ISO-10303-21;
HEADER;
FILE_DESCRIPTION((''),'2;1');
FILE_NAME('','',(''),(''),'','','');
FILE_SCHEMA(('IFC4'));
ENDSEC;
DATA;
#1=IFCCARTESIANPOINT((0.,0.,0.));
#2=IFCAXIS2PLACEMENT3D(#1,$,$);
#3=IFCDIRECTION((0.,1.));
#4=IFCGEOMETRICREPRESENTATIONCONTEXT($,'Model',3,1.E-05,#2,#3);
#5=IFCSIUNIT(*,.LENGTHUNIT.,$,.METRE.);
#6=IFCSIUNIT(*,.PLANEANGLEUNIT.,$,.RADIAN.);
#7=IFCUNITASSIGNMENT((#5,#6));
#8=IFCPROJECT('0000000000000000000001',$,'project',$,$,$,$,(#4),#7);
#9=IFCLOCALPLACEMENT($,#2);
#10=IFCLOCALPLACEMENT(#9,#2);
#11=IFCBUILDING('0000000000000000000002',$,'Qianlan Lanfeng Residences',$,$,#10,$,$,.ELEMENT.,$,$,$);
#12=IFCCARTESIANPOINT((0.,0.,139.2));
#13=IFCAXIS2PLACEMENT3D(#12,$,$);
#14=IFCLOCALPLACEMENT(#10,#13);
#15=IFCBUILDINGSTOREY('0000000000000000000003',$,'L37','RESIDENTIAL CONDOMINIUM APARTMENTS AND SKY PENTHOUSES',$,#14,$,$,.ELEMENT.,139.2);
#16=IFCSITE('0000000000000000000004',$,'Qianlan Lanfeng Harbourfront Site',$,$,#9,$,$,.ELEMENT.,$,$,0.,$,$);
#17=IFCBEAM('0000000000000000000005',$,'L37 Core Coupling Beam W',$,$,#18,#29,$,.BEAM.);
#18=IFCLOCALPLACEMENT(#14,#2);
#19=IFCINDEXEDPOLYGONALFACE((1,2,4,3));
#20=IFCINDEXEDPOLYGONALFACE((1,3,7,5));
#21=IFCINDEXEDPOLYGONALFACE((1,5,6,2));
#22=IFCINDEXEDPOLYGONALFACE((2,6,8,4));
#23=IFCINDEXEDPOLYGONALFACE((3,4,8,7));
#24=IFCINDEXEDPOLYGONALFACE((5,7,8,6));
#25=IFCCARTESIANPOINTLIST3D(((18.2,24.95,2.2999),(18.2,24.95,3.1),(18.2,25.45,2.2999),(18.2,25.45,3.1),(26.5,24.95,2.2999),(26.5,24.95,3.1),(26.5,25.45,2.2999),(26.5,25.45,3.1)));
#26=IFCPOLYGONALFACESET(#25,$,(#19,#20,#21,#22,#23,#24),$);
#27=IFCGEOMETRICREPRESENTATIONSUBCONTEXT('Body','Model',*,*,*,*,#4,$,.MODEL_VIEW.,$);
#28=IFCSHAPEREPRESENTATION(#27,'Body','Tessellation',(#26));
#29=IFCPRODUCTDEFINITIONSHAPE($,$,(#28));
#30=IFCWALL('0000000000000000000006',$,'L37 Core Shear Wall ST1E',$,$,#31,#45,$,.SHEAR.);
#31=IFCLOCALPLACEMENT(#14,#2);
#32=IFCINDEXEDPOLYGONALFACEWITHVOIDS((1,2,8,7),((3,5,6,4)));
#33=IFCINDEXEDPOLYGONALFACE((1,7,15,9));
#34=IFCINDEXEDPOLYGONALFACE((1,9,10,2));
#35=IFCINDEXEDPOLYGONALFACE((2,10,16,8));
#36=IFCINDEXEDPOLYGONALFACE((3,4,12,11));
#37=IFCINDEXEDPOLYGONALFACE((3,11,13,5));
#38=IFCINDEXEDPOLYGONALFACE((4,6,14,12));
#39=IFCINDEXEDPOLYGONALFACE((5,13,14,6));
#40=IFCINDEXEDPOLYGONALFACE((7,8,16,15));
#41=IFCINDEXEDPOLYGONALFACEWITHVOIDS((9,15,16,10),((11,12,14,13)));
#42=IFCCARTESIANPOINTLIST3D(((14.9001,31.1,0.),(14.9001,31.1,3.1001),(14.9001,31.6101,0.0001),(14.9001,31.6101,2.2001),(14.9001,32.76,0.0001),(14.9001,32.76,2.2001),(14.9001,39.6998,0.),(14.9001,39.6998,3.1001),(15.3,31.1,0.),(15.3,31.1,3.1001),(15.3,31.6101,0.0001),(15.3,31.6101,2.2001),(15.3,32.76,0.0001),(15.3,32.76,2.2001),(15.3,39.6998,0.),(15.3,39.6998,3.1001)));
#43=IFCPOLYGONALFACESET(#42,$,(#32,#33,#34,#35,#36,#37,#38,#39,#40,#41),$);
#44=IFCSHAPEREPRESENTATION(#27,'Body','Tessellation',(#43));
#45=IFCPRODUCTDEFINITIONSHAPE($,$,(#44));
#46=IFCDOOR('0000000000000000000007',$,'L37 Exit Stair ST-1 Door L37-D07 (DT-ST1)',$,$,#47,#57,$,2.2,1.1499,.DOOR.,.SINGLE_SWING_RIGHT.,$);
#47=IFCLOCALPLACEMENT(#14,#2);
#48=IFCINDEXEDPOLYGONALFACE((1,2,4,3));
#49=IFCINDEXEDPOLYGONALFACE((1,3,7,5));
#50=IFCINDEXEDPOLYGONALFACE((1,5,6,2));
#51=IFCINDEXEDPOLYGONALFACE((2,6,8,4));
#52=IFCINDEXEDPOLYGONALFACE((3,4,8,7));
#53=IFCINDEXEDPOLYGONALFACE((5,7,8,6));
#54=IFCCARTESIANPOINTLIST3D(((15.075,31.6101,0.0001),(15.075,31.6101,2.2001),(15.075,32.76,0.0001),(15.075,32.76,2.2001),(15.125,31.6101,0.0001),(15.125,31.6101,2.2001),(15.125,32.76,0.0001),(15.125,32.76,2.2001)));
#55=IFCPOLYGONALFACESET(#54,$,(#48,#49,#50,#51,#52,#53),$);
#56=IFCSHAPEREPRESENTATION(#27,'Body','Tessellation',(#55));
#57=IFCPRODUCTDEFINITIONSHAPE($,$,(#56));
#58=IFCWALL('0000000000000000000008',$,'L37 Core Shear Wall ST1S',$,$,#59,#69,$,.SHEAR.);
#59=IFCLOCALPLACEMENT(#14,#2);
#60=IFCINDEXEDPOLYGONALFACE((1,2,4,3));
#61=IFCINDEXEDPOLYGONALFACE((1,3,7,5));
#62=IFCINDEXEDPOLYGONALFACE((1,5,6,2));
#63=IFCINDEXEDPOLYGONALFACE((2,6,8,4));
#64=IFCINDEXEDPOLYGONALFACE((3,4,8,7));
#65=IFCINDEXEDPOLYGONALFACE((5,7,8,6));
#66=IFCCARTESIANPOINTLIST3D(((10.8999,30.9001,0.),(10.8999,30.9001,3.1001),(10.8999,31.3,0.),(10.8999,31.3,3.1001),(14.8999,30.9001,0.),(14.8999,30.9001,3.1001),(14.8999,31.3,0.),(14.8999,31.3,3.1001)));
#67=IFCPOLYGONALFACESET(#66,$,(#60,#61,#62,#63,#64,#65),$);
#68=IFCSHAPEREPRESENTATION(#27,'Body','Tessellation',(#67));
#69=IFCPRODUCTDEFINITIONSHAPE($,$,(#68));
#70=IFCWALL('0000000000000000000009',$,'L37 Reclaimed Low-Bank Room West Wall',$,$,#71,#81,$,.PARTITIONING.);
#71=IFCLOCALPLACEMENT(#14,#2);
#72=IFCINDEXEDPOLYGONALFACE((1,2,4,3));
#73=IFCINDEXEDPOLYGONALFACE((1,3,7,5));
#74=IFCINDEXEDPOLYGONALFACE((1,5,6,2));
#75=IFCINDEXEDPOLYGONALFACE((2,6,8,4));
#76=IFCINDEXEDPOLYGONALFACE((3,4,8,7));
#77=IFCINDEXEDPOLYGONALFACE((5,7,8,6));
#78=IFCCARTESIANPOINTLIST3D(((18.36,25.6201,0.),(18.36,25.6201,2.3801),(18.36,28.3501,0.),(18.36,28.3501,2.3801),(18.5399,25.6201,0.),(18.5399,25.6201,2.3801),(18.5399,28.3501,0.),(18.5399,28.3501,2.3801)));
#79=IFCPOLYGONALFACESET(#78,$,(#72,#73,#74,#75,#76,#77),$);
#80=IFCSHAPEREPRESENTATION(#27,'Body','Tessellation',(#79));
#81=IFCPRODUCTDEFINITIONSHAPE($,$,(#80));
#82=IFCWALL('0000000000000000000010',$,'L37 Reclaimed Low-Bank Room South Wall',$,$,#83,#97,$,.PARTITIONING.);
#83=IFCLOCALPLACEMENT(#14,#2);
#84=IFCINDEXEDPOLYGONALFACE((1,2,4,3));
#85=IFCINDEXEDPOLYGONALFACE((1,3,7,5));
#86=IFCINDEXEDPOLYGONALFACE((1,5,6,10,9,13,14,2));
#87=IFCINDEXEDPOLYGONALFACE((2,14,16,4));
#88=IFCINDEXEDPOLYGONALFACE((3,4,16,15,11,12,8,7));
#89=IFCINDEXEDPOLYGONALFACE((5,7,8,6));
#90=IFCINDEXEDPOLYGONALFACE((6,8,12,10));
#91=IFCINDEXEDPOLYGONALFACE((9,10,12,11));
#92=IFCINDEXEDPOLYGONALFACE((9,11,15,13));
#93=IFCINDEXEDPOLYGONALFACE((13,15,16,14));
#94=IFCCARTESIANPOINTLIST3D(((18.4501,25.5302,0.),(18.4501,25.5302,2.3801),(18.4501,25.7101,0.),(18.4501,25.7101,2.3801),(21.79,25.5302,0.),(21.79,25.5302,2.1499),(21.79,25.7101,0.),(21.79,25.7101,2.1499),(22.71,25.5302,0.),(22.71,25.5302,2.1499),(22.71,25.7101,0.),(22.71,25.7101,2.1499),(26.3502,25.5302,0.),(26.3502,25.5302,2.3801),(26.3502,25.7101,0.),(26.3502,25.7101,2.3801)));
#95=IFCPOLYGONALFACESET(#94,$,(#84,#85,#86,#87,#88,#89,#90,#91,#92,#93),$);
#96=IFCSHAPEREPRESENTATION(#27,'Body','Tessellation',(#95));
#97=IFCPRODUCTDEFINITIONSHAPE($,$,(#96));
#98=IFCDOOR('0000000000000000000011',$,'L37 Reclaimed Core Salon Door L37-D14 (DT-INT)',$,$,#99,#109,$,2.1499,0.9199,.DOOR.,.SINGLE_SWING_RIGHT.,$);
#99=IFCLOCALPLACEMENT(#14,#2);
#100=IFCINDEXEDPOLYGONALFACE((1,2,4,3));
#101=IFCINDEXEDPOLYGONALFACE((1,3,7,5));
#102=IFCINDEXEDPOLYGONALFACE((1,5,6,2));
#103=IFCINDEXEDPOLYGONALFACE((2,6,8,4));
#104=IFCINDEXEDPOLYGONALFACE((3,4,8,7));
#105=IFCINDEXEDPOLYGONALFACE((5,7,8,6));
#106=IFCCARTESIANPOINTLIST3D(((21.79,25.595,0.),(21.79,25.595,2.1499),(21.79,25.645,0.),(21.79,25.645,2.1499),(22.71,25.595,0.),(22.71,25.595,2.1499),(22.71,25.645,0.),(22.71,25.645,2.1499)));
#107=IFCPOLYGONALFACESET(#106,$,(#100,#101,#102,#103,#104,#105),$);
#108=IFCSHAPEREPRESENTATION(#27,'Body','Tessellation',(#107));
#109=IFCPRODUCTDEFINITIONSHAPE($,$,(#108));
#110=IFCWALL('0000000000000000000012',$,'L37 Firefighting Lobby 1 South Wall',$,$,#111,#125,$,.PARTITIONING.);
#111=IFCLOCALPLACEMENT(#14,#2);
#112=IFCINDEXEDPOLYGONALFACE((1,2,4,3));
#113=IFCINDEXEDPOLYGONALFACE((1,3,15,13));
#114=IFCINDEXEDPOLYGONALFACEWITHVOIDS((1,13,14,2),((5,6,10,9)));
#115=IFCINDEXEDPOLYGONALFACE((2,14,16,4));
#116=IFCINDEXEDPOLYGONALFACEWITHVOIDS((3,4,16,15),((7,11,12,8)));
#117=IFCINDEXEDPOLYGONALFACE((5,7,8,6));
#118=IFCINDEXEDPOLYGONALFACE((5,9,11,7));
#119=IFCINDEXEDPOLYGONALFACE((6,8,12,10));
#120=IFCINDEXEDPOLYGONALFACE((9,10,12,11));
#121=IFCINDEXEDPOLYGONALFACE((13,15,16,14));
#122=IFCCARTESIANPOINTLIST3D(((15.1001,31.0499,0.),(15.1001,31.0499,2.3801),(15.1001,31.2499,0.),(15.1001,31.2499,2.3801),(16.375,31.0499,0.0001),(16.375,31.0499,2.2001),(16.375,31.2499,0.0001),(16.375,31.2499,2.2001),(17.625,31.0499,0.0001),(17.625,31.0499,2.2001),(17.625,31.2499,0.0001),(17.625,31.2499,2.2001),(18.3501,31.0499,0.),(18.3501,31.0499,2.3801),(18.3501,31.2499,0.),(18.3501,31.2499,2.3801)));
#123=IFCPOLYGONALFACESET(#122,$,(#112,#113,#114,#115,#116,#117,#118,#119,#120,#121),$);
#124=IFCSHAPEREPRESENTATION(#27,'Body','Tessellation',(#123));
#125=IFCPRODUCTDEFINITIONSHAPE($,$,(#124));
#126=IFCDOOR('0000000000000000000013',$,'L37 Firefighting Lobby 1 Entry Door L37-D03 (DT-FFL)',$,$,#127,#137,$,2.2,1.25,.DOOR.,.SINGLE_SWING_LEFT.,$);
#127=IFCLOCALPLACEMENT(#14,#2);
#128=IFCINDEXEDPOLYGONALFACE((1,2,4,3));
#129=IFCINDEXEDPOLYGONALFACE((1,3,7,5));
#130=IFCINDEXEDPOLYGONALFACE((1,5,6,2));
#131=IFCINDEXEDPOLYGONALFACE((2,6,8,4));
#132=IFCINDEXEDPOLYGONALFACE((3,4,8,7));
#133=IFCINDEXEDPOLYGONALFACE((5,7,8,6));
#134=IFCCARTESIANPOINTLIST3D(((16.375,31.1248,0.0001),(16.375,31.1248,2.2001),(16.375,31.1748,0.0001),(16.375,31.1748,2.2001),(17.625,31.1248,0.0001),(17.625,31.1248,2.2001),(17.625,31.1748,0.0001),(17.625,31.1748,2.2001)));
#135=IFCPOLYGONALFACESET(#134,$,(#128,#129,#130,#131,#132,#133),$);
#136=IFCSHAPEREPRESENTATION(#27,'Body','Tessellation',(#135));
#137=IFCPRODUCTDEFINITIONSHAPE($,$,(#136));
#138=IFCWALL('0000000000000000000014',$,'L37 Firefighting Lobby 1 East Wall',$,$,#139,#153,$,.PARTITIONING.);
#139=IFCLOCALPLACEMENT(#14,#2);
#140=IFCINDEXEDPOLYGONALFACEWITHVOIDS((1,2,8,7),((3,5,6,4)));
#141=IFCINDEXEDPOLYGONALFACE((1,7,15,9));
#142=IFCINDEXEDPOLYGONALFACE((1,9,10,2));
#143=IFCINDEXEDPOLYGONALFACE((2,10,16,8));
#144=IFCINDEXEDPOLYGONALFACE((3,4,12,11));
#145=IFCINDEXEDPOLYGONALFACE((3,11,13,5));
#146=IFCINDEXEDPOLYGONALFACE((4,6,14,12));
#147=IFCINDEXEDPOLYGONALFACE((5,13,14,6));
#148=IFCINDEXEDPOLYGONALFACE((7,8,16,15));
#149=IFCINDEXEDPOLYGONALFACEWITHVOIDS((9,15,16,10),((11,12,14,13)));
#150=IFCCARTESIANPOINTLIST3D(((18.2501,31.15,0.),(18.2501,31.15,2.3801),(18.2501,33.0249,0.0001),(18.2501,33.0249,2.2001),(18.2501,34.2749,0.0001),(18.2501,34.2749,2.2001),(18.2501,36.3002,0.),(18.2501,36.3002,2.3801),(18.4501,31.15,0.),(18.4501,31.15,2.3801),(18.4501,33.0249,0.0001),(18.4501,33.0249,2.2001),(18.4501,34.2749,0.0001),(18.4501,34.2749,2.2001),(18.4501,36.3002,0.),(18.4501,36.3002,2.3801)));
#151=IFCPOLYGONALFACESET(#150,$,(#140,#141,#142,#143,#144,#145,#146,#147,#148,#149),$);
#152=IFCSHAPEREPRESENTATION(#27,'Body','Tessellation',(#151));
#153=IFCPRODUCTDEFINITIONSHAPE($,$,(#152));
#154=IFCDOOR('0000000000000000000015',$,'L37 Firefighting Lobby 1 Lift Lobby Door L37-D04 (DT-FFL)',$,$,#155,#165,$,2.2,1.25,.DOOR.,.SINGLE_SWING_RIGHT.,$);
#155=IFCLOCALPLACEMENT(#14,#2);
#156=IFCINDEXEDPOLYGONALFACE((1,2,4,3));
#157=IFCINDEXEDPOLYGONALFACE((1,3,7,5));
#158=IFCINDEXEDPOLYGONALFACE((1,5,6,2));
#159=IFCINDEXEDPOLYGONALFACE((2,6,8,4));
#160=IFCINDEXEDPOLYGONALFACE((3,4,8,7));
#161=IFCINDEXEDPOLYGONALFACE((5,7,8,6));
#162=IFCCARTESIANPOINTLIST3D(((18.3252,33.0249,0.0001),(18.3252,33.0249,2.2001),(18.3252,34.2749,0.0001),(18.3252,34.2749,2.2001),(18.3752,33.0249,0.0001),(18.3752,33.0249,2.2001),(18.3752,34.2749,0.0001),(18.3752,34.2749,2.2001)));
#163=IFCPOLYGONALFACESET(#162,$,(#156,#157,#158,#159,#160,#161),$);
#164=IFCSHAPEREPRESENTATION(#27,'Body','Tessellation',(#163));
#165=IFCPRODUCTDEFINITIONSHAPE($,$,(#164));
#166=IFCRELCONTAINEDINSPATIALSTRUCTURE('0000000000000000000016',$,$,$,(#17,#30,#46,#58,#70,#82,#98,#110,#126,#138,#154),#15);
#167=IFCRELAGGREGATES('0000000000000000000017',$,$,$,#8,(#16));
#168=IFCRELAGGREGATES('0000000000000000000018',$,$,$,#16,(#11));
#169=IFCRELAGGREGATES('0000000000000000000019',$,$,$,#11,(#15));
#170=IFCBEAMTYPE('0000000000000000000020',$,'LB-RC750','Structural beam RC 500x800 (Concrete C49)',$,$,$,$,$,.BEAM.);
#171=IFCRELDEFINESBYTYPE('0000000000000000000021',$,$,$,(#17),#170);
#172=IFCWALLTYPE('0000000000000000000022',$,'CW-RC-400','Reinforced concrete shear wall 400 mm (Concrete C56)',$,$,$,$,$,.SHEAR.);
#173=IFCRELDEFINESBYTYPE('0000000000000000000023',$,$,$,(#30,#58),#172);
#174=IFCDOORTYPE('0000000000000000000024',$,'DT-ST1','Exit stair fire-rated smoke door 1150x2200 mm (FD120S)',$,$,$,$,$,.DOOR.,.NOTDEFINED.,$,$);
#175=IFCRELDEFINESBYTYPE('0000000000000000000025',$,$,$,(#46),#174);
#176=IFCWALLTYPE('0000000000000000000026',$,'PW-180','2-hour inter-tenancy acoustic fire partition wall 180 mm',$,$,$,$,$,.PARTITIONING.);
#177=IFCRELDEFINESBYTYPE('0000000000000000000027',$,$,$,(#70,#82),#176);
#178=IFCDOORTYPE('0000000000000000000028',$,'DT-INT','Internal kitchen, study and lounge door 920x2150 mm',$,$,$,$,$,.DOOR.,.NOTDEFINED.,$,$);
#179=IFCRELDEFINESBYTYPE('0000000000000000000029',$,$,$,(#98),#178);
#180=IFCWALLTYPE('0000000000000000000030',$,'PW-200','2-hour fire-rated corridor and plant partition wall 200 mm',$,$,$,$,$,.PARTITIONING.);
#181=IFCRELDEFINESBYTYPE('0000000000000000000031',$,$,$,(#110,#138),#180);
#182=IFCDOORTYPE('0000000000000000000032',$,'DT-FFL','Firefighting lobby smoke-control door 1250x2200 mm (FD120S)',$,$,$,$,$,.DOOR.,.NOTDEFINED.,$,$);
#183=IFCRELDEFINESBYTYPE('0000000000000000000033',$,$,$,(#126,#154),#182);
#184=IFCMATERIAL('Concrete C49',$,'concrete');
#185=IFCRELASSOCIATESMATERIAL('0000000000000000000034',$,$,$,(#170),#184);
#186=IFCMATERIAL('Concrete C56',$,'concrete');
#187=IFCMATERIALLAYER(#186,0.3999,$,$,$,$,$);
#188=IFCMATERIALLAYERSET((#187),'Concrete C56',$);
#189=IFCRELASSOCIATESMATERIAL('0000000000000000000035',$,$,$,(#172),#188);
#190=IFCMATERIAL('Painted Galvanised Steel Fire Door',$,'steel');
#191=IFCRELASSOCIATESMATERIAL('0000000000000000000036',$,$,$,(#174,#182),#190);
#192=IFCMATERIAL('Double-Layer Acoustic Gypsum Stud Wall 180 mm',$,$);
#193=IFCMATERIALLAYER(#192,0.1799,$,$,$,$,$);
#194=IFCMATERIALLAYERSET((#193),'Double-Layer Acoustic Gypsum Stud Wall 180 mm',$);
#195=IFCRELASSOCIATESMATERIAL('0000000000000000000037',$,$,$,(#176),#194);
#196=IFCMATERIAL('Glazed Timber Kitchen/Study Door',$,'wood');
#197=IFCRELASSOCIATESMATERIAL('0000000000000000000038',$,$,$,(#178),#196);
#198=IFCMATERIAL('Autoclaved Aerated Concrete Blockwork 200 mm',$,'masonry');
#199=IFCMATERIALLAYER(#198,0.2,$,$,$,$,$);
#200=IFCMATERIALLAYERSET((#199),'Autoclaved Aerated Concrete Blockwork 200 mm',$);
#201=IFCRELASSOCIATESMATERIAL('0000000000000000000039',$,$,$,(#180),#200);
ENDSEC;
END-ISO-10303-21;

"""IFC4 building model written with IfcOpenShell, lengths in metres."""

from ifc_helpers import new_model, si_unit, direction, frame, frame_2d, origin, origin_2d, place, context, subcontext, project, spatial, rectangle, extrude, material, layer, layer_set, material_profile, profile_set, type_object, element, fill, save


model = new_model("IFC4")

# Units and contexts
model_context = context("Model", 3, precision=1e-05, world=origin(), true_north=direction((0.0, 1.0)))
body_context = subcontext(model_context, "Body", "Model", "MODEL_VIEW")
ifc_project = project(units=[si_unit("LENGTHUNIT", "METRE"), si_unit("PLANEANGLEUNIT", "RADIAN")], contexts=[model_context])

# Site, building, storey
site_placement = place(None, origin())
site = spatial("IfcSite", under=ifc_project, at=site_placement, Name="Qianlan Lanfeng Harbourfront Site", CompositionType="ELEMENT", RefElevation=0.0)
building_placement = place(site_placement, origin())
building = spatial("IfcBuilding", under=site, at=building_placement, Name="Qianlan Lanfeng Residences", CompositionType="ELEMENT")
storey_placement = place(building_placement, frame((0.0, 0.0, 139.2)))
storey = spatial("IfcBuildingStorey", under=building, at=storey_placement, Name="L37", Description="RESIDENTIAL CONDOMINIUM APARTMENTS AND SKY PENTHOUSES", CompositionType="ELEMENT", Elevation=139.2)

# Beam
ifc_material_1 = material(Name="Concrete C49", Category="concrete")
ifc_material_profile = material_profile(ifc_material_1, rectangle(XDim=0.5, YDim=0.8, at=origin_2d()), Name="RC 500x800")
ifc_profile_set = profile_set([ifc_material_profile], Name="Concrete C49")
beam_type = type_object("IfcBeamType", Name="LB-RC750", Description="Structural beam RC 500x800 (Concrete C49)", PredefinedType="BEAM", material=ifc_profile_set)
beam_placement = place(storey_placement, frame((18.2, 25.2, 2.7), z_axis=(1.0, 0.0, 0.0), x_axis=(0.0, 1.0, 0.0)))
element("IfcBeam", 1, at=beam_placement, inside=storey, type_object=beam_type, Name="L37 Core Coupling Beam W", PredefinedType="BEAM", context=body_context, shape_type="SweptSolid", body=[
    extrude(rectangle(XDim=0.5, YDim=0.8, at=origin_2d()), origin(), (0.0, 0.0, 1.0), 8.3),
])

# Wall, opening, door
ifc_material_2 = material(Name="Concrete C56", Category="concrete")
ifc_layer_1 = layer(ifc_material_2, 0.3999)
ifc_layer_set_1 = layer_set([ifc_layer_1], Name="Concrete C56")
wall_type_1 = type_object("IfcWallType", Name="CW-RC-400", Description="Reinforced concrete shear wall 400 mm (Concrete C56)", PredefinedType="SHEAR", material=ifc_layer_set_1)
wall_1_placement = place(storey_placement, frame((15.1001, 31.1001, 0.0), z_axis=(0.0, 0.0, 1.0), x_axis=(0.0, 1.0, 0.0)))
wall_1 = element("IfcWall", 2, at=wall_1_placement, inside=storey, type_object=wall_type_1, Name="L37 Core Shear Wall ST1E", PredefinedType="SHEAR", context=body_context, shape_type="SweptSolid", body=[
    extrude(rectangle(XDim=8.5999, YDim=0.3999, at=frame_2d((4.2998, 0.0))), origin(), (0.0, 0.0, 1.0), 3.1001),
])
opening_1_placement = place(wall_1_placement, frame((0.51, 0.0, 0.0)))
opening_1 = element("IfcOpeningElement", 3, at=opening_1_placement, cuts=wall_1, PredefinedType="OPENING", context=body_context, shape_type="SweptSolid", body=[
    extrude(rectangle(XDim=1.1499, YDim=2.2, at=frame_2d((0.575, 1.1001))), frame((0.0, 0.21, 0.0), z_axis=(0.0, -1.0, 0.0), x_axis=(1.0, 0.0, 0.0)), (0.0, 0.0, 1.0), 0.4199),
])
ifc_material_3 = material(Name="Painted Galvanised Steel Fire Door", Category="steel")
door_type_1 = type_object("IfcDoorType", Name="DT-ST1", Description="Exit stair fire-rated smoke door 1150x2200 mm (FD120S)", OperationType="NOTDEFINED", PredefinedType="DOOR", material=ifc_material_3)
door_1_placement = place(opening_1_placement, frame((1.1499, 0.0, 0.0), z_axis=(0.0, 0.0, 1.0), x_axis=(-1.0, 0.0, 0.0)))
door_1 = element("IfcDoor", 4, at=door_1_placement, inside=storey, type_object=door_type_1, Name="L37 Exit Stair ST-1 Door L37-D07 (DT-ST1)", OperationType="SINGLE_SWING_RIGHT", OverallHeight=2.2, OverallWidth=1.1499, PredefinedType="DOOR", context=body_context, shape_type="SweptSolid", body=[
    extrude(rectangle(XDim=1.1499, YDim=2.2, at=frame_2d((0.575, 1.1001))), frame((0.0, 0.0249, 0.0), z_axis=(0.0, -1.0, 0.0), x_axis=(1.0, 0.0, 0.0)), (0.0, 0.0, 1.0), 0.05),
])
fill(opening_1, door_1)

# Wall
wall_2_placement = place(storey_placement, frame((10.8999, 31.1001, 0.0), z_axis=(0.0, 0.0, 1.0), x_axis=(1.0, 0.0, 0.0)))
element("IfcWall", 5, at=wall_2_placement, inside=storey, type_object=wall_type_1, Name="L37 Core Shear Wall ST1S", PredefinedType="SHEAR", context=body_context, shape_type="SweptSolid", body=[
    extrude(rectangle(XDim=4.0, YDim=0.3999, at=frame_2d((2.0, 0.0))), origin(), (0.0, 0.0, 1.0), 3.1001),
])

# Shared definitions
ifc_material_4 = material(Name="Double-Layer Acoustic Gypsum Stud Wall 180 mm")
ifc_layer_2 = layer(ifc_material_4, 0.1799)
ifc_layer_set_2 = layer_set([ifc_layer_2], Name="Double-Layer Acoustic Gypsum Stud Wall 180 mm")
wall_type_2 = type_object("IfcWallType", Name="PW-180", Description="2-hour inter-tenancy acoustic fire partition wall 180 mm", PredefinedType="PARTITIONING", material=ifc_layer_set_2)
ifc_material_5 = material(Name="Glazed Timber Kitchen/Study Door", Category="wood")
door_type_2 = type_object("IfcDoorType", Name="DT-INT", Description="Internal kitchen, study and lounge door 920x2150 mm", OperationType="NOTDEFINED", PredefinedType="DOOR", material=ifc_material_5)

# Wall
wall_3_placement = place(storey_placement, frame((18.45, 25.6201, 0.0), z_axis=(0.0, 0.0, 1.0), x_axis=(0.0, 1.0, 0.0)))
element("IfcWall", 6, at=wall_3_placement, inside=storey, type_object=wall_type_2, Name="L37 Reclaimed Low-Bank Room West Wall", PredefinedType="PARTITIONING", context=body_context, shape_type="SweptSolid", body=[
    extrude(rectangle(XDim=2.73, YDim=0.1799, at=frame_2d((1.365, 0.0))), origin(), (0.0, 0.0, 1.0), 2.3801),
])

# Walls, openings, doors
wall_4_placement = place(storey_placement, frame((18.45, 25.6201, 0.0), z_axis=(0.0, 0.0, 1.0), x_axis=(1.0, 0.0, 0.0)))
wall_4 = element("IfcWall", 7, at=wall_4_placement, inside=storey, type_object=wall_type_2, Name="L37 Reclaimed Low-Bank Room South Wall", PredefinedType="PARTITIONING", context=body_context, shape_type="SweptSolid", body=[
    extrude(rectangle(XDim=7.9001, YDim=0.1799, at=frame_2d((3.9502, 0.0))), origin(), (0.0, 0.0, 1.0), 2.3801),
])
opening_2_placement = place(wall_4_placement, frame((3.3401, 0.0, 0.0)))
opening_2 = element("IfcOpeningElement", 8, at=opening_2_placement, cuts=wall_4, PredefinedType="OPENING", context=body_context, shape_type="SweptSolid", body=[
    extrude(rectangle(XDim=0.9199, YDim=2.1499, at=frame_2d((0.46, 1.075))), frame((0.0, 0.1001, 0.0), z_axis=(0.0, -1.0, 0.0), x_axis=(1.0, 0.0, 0.0)), (0.0, 0.0, 1.0), 0.2),
])
door_2_placement = place(opening_2_placement, origin())
door_2 = element("IfcDoor", 9, at=door_2_placement, inside=storey, type_object=door_type_2, Name="L37 Reclaimed Core Salon Door L37-D14 (DT-INT)", OperationType="SINGLE_SWING_RIGHT", OverallHeight=2.1499, OverallWidth=0.9199, PredefinedType="DOOR", context=body_context, shape_type="SweptSolid", body=[
    extrude(rectangle(XDim=0.9199, YDim=2.1499, at=frame_2d((0.46, 1.075))), frame((0.0, 0.0249, 0.0), z_axis=(0.0, -1.0, 0.0), x_axis=(1.0, 0.0, 0.0)), (0.0, 0.0, 1.0), 0.05),
])
fill(opening_2, door_2)
ifc_material_6 = material(Name="Autoclaved Aerated Concrete Blockwork 200 mm", Category="masonry")
ifc_layer_3 = layer(ifc_material_6, 0.2)
ifc_layer_set_3 = layer_set([ifc_layer_3], Name="Autoclaved Aerated Concrete Blockwork 200 mm")
wall_type_3 = type_object("IfcWallType", Name="PW-200", Description="2-hour fire-rated corridor and plant partition wall 200 mm", PredefinedType="PARTITIONING", material=ifc_layer_set_3)
wall_5_placement = place(storey_placement, frame((15.1001, 31.1499, 0.0), z_axis=(0.0, 0.0, 1.0), x_axis=(1.0, 0.0, 0.0)))
wall_5 = element("IfcWall", 10, at=wall_5_placement, inside=storey, type_object=wall_type_3, Name="L37 Firefighting Lobby 1 South Wall", PredefinedType="PARTITIONING", context=body_context, shape_type="SweptSolid", body=[
    extrude(rectangle(XDim=3.25, YDim=0.2, at=frame_2d((1.625, 0.0))), origin(), (0.0, 0.0, 1.0), 2.3801),
])
opening_3_placement = place(wall_5_placement, frame((1.2749, 0.0, 0.0)))
opening_3 = element("IfcOpeningElement", 11, at=opening_3_placement, cuts=wall_5, PredefinedType="OPENING", context=body_context, shape_type="SweptSolid", body=[
    extrude(rectangle(XDim=1.25, YDim=2.2, at=frame_2d((0.625, 1.1001))), frame((0.0, 0.1099, 0.0), z_axis=(0.0, -1.0, 0.0), x_axis=(1.0, 0.0, 0.0)), (0.0, 0.0, 1.0), 0.22),
])
door_type_3 = type_object("IfcDoorType", Name="DT-FFL", Description="Firefighting lobby smoke-control door 1250x2200 mm (FD120S)", OperationType="NOTDEFINED", PredefinedType="DOOR", material=ifc_material_3)
door_3_placement = place(opening_3_placement, origin())
door_3 = element("IfcDoor", 12, at=door_3_placement, inside=storey, type_object=door_type_3, Name="L37 Firefighting Lobby 1 Entry Door L37-D03 (DT-FFL)", OperationType="SINGLE_SWING_LEFT", OverallHeight=2.2, OverallWidth=1.25, PredefinedType="DOOR", context=body_context, shape_type="SweptSolid", body=[
    extrude(rectangle(XDim=1.25, YDim=2.2, at=frame_2d((0.625, 1.1001))), frame((0.0, 0.0249, 0.0), z_axis=(0.0, -1.0, 0.0), x_axis=(1.0, 0.0, 0.0)), (0.0, 0.0, 1.0), 0.05),
])
fill(opening_3, door_3)
wall_6_placement = place(storey_placement, frame((18.3501, 31.1499, 0.0), z_axis=(0.0, 0.0, 1.0), x_axis=(0.0, 1.0, 0.0)))
wall_6 = element("IfcWall", 13, at=wall_6_placement, inside=storey, type_object=wall_type_3, Name="L37 Firefighting Lobby 1 East Wall", PredefinedType="PARTITIONING", context=body_context, shape_type="SweptSolid", body=[
    extrude(rectangle(XDim=5.1501, YDim=0.2, at=frame_2d((2.5752, 0.0))), origin(), (0.0, 0.0, 1.0), 2.3801),
])
opening_4_placement = place(wall_6_placement, frame((1.875, 0.0, 0.0)))
opening_4 = element("IfcOpeningElement", 14, at=opening_4_placement, cuts=wall_6, PredefinedType="OPENING", context=body_context, shape_type="SweptSolid", body=[
    extrude(rectangle(XDim=1.25, YDim=2.2, at=frame_2d((0.625, 1.1001))), frame((0.0, 0.1099, 0.0), z_axis=(0.0, -1.0, 0.0), x_axis=(1.0, 0.0, 0.0)), (0.0, 0.0, 1.0), 0.22),
])
door_4_placement = place(opening_4_placement, origin())
door_4 = element("IfcDoor", 15, at=door_4_placement, inside=storey, type_object=door_type_3, Name="L37 Firefighting Lobby 1 Lift Lobby Door L37-D04 (DT-FFL)", OperationType="SINGLE_SWING_RIGHT", OverallHeight=2.2, OverallWidth=1.25, PredefinedType="DOOR", context=body_context, shape_type="SweptSolid", body=[
    extrude(rectangle(XDim=1.25, YDim=2.2, at=frame_2d((0.625, 1.1001))), frame((0.0, 0.0249, 0.0), z_axis=(0.0, -1.0, 0.0), x_axis=(1.0, 0.0, 0.0)), (0.0, 0.0, 1.0), 0.05),
])
fill(opening_4, door_4)

save(model, "model.ifc")
